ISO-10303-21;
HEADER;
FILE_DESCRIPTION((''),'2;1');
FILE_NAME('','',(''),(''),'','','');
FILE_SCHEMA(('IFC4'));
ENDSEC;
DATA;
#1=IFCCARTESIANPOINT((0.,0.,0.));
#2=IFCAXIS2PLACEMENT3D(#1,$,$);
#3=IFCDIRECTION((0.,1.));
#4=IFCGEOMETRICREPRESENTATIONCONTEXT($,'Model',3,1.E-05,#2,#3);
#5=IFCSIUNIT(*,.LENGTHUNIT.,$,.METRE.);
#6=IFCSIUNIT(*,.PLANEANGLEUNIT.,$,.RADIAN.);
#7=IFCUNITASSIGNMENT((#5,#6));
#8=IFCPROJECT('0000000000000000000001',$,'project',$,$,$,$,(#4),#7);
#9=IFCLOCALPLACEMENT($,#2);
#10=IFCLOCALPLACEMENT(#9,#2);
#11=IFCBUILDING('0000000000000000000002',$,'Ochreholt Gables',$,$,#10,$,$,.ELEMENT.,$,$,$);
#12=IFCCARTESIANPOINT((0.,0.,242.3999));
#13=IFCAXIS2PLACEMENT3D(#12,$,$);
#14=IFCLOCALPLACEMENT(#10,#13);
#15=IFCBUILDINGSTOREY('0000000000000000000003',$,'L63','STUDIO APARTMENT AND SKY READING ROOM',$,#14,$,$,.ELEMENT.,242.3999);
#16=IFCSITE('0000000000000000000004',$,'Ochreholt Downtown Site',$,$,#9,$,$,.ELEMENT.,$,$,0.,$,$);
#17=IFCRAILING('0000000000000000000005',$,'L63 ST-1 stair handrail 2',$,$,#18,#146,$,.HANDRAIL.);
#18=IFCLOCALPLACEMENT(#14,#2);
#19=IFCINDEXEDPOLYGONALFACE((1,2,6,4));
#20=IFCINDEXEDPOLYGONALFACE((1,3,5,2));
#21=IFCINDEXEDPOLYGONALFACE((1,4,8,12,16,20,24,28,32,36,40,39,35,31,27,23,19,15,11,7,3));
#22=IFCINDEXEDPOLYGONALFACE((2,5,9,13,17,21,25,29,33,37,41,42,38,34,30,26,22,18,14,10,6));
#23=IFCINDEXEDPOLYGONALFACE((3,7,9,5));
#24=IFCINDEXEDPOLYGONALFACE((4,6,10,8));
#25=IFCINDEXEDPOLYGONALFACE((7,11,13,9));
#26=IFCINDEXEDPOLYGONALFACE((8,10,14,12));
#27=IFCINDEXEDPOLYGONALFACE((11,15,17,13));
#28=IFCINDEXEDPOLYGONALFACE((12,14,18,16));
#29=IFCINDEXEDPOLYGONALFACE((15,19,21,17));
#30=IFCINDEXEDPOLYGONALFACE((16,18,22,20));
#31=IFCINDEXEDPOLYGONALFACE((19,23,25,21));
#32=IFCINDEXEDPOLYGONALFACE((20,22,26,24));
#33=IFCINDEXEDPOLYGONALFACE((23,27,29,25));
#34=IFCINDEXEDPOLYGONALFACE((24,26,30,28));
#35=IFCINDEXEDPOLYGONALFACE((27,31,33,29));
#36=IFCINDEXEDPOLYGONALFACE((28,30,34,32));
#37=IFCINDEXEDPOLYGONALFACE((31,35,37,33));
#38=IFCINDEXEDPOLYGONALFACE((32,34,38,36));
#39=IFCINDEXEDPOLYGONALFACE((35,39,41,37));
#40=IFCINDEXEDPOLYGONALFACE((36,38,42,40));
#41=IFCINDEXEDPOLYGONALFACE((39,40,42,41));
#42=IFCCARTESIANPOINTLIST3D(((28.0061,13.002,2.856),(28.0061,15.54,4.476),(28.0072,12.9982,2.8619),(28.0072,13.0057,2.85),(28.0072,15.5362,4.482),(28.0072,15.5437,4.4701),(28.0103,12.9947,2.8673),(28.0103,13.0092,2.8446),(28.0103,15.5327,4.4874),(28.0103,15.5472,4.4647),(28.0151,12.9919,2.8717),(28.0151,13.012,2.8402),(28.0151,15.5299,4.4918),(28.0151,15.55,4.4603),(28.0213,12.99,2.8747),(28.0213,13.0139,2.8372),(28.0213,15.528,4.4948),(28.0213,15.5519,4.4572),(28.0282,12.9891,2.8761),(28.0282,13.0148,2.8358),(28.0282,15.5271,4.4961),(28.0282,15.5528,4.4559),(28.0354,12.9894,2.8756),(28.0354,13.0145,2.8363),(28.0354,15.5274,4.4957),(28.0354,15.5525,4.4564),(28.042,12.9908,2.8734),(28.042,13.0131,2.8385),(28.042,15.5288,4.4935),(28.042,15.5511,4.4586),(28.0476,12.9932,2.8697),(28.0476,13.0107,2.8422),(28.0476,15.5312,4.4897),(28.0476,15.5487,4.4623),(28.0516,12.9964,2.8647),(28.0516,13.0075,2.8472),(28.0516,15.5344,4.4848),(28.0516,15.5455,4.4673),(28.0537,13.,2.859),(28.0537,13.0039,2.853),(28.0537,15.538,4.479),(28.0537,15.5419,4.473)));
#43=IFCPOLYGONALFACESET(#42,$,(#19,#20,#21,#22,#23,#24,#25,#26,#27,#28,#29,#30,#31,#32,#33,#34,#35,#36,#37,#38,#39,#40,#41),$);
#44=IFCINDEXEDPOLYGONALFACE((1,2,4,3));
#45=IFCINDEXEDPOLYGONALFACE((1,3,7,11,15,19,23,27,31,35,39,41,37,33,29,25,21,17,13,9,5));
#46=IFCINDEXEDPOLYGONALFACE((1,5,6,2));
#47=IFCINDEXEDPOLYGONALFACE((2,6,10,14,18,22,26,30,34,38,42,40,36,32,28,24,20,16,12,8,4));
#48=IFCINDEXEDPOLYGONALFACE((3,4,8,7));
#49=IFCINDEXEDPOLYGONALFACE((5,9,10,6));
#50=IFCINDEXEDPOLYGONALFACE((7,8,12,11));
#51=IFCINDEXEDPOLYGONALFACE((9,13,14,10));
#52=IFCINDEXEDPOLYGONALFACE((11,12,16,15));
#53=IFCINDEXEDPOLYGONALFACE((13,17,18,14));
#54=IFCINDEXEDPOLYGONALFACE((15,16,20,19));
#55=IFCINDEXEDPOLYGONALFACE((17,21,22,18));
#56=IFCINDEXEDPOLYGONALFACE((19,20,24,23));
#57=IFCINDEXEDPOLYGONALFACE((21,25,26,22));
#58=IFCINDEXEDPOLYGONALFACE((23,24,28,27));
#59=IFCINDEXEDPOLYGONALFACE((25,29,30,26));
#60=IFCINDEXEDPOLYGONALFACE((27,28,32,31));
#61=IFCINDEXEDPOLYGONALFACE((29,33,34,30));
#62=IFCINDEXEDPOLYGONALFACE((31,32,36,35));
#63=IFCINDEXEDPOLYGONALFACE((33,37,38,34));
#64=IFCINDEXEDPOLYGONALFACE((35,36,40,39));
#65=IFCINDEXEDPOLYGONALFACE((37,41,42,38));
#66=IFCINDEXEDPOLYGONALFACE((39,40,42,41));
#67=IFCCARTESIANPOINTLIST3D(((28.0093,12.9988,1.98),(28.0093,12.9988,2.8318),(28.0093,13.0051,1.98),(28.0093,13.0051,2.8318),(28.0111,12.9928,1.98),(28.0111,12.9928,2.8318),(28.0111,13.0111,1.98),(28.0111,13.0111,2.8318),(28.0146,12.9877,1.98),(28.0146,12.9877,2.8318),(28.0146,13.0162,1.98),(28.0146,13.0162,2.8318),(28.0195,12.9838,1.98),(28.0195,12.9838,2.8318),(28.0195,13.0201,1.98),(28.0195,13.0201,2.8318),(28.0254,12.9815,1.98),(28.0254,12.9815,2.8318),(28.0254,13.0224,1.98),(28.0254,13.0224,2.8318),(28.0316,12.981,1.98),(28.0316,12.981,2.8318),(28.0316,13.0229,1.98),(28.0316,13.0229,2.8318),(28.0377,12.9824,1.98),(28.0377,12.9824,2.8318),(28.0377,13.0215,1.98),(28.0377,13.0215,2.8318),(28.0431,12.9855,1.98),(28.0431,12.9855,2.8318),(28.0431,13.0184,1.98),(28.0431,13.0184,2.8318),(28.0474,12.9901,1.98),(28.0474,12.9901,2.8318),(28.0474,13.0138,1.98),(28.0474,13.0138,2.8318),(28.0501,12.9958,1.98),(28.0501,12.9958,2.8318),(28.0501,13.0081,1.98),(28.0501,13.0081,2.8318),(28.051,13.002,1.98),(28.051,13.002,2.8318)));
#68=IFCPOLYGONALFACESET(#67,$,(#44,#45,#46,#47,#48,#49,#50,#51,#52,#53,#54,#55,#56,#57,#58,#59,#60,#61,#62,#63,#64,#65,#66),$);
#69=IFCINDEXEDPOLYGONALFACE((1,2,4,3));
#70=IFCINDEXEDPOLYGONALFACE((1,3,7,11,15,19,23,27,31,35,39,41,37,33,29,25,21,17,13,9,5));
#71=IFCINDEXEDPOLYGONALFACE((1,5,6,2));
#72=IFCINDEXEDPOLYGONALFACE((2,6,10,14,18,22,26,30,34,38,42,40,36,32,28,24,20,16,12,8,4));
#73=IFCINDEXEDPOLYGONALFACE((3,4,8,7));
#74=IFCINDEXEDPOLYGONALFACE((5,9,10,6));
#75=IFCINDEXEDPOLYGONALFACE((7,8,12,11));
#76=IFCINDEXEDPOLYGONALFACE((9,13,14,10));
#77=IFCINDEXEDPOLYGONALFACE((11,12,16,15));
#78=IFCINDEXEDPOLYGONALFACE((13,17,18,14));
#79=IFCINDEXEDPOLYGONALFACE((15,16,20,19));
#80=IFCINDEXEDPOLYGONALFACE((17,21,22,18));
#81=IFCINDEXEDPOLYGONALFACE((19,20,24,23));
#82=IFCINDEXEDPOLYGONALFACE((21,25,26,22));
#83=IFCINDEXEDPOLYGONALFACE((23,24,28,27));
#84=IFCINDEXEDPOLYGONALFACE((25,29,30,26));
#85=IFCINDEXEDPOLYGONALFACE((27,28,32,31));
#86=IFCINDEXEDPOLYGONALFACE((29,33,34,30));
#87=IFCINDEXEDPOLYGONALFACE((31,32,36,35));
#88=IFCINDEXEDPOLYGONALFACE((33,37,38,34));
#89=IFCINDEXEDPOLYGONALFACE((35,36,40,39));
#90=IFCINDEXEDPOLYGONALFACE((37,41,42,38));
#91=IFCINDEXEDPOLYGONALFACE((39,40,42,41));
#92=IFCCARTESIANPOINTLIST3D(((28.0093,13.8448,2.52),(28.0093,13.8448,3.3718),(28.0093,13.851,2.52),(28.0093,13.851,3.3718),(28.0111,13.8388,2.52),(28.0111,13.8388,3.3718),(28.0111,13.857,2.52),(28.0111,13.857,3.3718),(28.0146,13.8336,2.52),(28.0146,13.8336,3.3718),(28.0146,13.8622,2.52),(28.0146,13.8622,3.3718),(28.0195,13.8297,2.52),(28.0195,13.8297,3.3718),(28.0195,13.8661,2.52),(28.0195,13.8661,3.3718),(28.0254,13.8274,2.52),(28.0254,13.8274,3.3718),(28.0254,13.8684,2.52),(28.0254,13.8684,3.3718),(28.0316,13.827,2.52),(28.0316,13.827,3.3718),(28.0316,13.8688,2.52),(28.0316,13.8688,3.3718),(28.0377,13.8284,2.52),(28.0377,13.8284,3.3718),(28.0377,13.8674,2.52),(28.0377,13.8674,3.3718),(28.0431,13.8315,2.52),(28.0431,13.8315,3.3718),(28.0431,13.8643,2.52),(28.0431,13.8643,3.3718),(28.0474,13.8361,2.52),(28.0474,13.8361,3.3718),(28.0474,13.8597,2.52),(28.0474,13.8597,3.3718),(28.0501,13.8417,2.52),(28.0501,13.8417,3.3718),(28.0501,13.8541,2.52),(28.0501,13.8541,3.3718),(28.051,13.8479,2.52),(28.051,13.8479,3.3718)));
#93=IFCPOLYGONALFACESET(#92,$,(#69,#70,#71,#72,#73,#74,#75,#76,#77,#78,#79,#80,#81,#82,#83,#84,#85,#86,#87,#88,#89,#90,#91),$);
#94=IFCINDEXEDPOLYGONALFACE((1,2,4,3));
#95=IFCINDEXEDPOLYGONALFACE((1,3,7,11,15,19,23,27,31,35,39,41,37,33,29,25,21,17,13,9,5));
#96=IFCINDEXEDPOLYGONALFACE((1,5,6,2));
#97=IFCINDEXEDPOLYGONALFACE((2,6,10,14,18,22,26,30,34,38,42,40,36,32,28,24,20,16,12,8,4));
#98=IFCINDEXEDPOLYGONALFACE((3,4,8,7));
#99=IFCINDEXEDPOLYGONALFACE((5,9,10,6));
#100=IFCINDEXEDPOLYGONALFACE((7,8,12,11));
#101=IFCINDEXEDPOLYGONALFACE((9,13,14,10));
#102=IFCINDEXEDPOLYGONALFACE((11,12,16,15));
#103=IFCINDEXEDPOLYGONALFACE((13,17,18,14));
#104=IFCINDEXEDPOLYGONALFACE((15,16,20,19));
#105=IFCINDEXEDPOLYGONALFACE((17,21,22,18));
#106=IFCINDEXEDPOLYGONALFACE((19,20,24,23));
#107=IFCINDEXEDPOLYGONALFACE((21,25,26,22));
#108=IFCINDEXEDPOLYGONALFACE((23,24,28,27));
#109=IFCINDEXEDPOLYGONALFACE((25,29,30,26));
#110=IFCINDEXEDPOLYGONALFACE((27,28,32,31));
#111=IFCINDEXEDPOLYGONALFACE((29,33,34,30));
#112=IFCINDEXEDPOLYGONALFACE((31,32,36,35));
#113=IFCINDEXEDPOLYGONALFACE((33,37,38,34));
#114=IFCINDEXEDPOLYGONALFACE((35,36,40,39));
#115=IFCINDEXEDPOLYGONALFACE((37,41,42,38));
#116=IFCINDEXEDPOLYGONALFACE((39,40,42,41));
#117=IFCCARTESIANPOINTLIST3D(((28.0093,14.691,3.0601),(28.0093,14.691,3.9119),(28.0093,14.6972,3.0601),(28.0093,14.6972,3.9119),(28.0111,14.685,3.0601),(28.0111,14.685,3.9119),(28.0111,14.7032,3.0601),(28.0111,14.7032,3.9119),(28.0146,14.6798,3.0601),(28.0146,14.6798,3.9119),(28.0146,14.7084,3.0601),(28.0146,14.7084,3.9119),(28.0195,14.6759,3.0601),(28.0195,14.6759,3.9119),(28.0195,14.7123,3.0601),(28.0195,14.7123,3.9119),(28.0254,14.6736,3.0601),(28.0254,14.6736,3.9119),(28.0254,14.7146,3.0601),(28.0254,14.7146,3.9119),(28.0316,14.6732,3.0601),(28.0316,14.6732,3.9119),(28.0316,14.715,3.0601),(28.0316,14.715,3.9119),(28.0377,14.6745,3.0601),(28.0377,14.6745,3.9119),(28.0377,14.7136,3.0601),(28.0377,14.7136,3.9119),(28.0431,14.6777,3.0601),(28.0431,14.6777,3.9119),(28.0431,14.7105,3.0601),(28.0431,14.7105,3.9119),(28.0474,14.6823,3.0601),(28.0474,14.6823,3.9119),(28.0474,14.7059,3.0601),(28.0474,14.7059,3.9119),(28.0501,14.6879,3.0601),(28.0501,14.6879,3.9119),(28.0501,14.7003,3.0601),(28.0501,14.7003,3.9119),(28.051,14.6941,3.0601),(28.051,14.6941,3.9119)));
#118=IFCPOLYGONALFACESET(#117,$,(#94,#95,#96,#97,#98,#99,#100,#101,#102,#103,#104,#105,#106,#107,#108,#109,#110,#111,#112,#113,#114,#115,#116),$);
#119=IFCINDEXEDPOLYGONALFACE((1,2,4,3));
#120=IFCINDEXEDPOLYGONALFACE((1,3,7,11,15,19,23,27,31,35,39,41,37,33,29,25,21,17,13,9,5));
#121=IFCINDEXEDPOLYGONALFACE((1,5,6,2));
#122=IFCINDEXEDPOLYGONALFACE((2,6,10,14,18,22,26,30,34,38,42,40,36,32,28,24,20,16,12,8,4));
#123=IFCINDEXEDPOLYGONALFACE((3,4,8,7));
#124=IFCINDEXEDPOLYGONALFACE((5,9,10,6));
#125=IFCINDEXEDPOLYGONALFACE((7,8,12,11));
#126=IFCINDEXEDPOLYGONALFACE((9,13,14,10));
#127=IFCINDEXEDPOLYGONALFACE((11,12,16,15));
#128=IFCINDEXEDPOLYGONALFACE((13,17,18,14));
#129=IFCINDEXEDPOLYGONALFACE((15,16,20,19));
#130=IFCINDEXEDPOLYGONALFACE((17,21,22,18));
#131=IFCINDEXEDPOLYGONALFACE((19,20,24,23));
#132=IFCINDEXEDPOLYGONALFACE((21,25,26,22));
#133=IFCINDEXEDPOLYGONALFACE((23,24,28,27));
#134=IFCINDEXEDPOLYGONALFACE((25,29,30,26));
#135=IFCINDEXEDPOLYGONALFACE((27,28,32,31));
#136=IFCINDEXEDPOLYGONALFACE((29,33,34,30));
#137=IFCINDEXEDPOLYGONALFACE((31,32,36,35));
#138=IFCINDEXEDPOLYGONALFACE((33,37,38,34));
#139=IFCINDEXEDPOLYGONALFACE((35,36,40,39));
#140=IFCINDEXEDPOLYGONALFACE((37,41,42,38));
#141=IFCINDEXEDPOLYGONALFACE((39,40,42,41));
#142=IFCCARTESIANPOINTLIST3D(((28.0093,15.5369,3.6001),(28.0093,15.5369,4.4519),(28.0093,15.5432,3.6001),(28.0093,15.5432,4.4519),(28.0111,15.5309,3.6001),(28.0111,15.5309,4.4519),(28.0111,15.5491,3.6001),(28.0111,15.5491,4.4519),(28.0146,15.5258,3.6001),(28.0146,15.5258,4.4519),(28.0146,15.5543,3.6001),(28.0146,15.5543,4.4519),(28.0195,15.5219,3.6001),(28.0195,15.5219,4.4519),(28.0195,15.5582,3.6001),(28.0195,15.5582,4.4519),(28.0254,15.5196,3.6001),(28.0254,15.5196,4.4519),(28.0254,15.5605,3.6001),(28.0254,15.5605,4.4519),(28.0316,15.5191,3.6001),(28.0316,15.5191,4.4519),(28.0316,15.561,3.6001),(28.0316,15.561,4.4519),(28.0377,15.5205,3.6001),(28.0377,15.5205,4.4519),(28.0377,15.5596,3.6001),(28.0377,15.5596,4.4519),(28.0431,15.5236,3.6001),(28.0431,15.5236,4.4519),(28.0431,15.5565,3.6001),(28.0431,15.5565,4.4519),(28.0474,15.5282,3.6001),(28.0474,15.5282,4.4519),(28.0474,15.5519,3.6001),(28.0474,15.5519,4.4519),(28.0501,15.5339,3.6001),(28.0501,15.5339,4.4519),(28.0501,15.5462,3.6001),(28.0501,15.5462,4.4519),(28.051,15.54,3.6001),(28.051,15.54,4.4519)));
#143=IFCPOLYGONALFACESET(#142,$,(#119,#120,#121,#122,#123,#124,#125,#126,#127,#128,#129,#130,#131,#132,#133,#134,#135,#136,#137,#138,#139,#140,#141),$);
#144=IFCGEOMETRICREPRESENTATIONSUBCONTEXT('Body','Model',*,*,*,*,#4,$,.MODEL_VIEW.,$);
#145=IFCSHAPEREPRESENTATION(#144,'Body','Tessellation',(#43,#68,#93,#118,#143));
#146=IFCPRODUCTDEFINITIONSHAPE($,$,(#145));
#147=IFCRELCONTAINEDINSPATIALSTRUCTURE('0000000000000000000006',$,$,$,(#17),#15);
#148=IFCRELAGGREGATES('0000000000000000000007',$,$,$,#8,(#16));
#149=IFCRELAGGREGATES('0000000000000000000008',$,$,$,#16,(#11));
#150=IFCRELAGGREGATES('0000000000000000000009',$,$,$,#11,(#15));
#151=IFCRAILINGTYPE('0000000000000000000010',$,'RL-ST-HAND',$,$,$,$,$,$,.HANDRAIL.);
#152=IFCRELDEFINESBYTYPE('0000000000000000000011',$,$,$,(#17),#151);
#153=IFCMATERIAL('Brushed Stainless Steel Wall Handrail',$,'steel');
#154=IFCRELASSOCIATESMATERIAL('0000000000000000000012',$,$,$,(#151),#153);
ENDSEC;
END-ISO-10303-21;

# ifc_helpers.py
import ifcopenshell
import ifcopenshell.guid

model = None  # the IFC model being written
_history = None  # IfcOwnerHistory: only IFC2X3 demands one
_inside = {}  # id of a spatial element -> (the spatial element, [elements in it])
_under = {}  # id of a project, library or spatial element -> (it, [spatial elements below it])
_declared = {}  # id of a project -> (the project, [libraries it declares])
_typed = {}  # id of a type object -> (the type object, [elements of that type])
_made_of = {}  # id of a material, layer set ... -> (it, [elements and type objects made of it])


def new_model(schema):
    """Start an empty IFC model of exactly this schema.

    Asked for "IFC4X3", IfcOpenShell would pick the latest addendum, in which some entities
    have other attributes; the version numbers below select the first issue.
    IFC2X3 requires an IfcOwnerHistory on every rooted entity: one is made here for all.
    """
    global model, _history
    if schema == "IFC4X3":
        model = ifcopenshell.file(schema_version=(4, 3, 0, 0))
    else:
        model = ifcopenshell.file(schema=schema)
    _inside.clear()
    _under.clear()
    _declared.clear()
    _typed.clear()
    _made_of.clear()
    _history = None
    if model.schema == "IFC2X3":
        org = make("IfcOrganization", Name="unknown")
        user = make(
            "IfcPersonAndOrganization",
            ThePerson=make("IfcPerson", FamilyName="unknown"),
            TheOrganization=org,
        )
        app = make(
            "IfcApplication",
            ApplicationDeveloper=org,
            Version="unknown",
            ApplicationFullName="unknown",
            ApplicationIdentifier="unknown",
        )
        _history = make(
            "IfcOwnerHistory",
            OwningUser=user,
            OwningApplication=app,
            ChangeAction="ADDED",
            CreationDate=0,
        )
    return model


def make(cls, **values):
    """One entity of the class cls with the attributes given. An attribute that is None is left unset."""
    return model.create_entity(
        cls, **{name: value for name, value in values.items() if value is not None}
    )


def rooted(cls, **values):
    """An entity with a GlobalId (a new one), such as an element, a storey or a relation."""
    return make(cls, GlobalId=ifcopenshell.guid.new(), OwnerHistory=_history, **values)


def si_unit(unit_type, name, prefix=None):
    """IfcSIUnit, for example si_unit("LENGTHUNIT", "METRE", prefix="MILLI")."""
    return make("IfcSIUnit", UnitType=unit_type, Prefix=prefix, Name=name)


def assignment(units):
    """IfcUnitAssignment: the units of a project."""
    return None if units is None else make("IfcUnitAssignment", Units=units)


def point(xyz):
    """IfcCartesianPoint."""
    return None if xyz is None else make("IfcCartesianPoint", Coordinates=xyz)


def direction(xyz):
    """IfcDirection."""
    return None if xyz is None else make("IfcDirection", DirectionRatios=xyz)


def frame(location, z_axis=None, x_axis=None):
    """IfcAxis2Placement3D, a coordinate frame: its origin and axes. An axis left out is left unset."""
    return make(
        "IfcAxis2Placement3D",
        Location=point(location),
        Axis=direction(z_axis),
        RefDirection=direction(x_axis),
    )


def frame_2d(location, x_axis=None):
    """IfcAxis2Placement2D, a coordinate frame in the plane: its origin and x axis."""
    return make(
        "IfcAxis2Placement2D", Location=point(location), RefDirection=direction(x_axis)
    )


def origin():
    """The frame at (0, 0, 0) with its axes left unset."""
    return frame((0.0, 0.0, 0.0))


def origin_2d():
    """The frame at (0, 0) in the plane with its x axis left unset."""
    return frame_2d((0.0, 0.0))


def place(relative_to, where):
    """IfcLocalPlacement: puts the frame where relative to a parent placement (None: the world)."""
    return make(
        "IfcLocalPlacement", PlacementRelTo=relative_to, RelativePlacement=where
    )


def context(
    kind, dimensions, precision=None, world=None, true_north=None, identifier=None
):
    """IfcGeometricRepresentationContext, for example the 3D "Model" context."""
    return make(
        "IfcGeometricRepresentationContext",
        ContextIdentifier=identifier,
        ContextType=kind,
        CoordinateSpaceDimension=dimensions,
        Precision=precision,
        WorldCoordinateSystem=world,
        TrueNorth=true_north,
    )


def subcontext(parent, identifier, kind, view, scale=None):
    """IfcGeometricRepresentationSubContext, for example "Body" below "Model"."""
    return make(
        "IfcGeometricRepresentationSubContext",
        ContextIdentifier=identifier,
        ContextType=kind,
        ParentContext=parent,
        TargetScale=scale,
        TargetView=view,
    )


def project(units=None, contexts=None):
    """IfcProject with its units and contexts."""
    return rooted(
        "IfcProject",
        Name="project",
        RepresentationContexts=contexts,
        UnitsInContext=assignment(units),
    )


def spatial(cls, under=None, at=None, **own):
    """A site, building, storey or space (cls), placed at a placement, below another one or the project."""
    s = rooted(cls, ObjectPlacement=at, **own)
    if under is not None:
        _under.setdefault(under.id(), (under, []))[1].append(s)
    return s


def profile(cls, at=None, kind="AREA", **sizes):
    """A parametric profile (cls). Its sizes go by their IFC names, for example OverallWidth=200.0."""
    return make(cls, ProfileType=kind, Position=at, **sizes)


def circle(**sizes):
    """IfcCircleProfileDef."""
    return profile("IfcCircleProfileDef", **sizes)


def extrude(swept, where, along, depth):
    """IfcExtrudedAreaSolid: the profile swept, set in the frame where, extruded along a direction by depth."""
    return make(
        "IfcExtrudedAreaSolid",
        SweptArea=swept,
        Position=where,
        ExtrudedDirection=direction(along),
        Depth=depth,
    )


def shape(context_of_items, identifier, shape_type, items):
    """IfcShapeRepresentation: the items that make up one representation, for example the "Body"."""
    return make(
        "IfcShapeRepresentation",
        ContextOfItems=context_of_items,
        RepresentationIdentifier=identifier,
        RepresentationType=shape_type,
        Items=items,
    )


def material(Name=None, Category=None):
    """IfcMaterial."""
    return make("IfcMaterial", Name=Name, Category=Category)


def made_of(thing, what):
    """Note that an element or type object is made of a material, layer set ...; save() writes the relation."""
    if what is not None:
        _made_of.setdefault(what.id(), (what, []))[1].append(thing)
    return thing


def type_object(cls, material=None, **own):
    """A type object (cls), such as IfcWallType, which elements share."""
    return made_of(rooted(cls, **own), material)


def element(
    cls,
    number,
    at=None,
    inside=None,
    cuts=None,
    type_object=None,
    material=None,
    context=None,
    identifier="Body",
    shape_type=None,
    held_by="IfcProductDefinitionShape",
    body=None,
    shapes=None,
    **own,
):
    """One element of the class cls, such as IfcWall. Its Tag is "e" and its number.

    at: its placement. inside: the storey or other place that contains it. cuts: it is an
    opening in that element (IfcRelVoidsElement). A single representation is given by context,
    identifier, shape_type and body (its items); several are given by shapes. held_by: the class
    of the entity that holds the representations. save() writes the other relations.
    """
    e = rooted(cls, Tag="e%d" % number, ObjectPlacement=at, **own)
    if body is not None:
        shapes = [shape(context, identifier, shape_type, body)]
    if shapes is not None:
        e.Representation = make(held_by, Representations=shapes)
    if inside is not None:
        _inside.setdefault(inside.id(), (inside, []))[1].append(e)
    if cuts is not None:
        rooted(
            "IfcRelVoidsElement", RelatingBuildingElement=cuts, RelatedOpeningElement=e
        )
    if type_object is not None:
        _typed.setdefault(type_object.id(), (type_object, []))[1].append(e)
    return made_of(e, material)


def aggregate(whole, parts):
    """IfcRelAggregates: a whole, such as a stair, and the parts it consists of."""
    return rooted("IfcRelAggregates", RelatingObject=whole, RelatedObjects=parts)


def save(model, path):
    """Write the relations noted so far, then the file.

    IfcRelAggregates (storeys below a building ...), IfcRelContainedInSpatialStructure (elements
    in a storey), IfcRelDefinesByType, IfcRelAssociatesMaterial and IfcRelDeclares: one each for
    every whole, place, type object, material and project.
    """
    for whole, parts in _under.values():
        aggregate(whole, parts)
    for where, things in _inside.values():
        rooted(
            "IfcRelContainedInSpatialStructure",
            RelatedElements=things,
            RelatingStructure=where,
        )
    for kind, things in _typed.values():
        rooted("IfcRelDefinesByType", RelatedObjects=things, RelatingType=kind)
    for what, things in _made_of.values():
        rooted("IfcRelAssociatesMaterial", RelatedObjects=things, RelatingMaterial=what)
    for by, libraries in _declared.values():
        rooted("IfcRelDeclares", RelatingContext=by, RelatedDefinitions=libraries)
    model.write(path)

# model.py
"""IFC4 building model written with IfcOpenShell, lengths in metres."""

from ifc_helpers import new_model, si_unit, direction, frame, origin, origin_2d, place, context, subcontext, project, spatial, circle, extrude, material, type_object, element, save


model = new_model("IFC4")

# Units and contexts
model_context = context("Model", 3, precision=1e-05, world=origin(), true_north=direction((0.0, 1.0)))
body_context = subcontext(model_context, "Body", "Model", "MODEL_VIEW")
ifc_project = project(units=[si_unit("LENGTHUNIT", "METRE"), si_unit("PLANEANGLEUNIT", "RADIAN")], contexts=[model_context])

# Site, building, storey
site_placement = place(None, origin())
site = spatial("IfcSite", under=ifc_project, at=site_placement, Name="Ochreholt Downtown Site", CompositionType="ELEMENT", RefElevation=0.0)
building_placement = place(site_placement, origin())
building = spatial("IfcBuilding", under=site, at=building_placement, Name="Ochreholt Gables", CompositionType="ELEMENT")
storey_placement = place(building_placement, frame((0.0, 0.0, 242.3999)))
storey = spatial("IfcBuildingStorey", under=building, at=storey_placement, Name="L63", Description="STUDIO APARTMENT AND SKY READING ROOM", CompositionType="ELEMENT", Elevation=242.3999)

# Railing
ifc_material_1 = material(Name="Brushed Stainless Steel Wall Handrail", Category="steel")
railing_type_1 = type_object("IfcRailingType", Name="RL-ST-HAND", PredefinedType="HANDRAIL", material=ifc_material_1)
railing_1_placement = place(storey_placement, frame((28.03, 13.002, 1.98)))
element("IfcRailing", 1, at=railing_1_placement, inside=storey, type_object=railing_type_1, Name="L63 ST-1 stair handrail 2", PredefinedType="HANDRAIL", context=body_context, shape_type="SweptSolid", body=[
    extrude(circle(Radius=0.0239, at=origin_2d()), frame((0.0, 0.0, 0.876), z_axis=(0.0, 0.842913, 0.53805), x_axis=(-1.0, 0.0, 0.0)), (0.0, 0.0, 1.0), 3.011),
    extrude(circle(Radius=0.021, at=origin_2d()), origin(), (0.0, 0.0, 1.0), 0.8518),
    extrude(circle(Radius=0.021, at=origin_2d()), frame((0.0, 0.8459, 0.54)), (0.0, 0.0, 1.0), 0.8518),
    extrude(circle(Radius=0.021, at=origin_2d()), frame((0.0, 1.6921, 1.0801)), (0.0, 0.0, 1.0), 0.8518),
    extrude(circle(Radius=0.021, at=origin_2d()), frame((0.0, 2.5381, 1.6201)), (0.0, 0.0, 1.0), 0.8518),
])

save(model, "model.ifc")
